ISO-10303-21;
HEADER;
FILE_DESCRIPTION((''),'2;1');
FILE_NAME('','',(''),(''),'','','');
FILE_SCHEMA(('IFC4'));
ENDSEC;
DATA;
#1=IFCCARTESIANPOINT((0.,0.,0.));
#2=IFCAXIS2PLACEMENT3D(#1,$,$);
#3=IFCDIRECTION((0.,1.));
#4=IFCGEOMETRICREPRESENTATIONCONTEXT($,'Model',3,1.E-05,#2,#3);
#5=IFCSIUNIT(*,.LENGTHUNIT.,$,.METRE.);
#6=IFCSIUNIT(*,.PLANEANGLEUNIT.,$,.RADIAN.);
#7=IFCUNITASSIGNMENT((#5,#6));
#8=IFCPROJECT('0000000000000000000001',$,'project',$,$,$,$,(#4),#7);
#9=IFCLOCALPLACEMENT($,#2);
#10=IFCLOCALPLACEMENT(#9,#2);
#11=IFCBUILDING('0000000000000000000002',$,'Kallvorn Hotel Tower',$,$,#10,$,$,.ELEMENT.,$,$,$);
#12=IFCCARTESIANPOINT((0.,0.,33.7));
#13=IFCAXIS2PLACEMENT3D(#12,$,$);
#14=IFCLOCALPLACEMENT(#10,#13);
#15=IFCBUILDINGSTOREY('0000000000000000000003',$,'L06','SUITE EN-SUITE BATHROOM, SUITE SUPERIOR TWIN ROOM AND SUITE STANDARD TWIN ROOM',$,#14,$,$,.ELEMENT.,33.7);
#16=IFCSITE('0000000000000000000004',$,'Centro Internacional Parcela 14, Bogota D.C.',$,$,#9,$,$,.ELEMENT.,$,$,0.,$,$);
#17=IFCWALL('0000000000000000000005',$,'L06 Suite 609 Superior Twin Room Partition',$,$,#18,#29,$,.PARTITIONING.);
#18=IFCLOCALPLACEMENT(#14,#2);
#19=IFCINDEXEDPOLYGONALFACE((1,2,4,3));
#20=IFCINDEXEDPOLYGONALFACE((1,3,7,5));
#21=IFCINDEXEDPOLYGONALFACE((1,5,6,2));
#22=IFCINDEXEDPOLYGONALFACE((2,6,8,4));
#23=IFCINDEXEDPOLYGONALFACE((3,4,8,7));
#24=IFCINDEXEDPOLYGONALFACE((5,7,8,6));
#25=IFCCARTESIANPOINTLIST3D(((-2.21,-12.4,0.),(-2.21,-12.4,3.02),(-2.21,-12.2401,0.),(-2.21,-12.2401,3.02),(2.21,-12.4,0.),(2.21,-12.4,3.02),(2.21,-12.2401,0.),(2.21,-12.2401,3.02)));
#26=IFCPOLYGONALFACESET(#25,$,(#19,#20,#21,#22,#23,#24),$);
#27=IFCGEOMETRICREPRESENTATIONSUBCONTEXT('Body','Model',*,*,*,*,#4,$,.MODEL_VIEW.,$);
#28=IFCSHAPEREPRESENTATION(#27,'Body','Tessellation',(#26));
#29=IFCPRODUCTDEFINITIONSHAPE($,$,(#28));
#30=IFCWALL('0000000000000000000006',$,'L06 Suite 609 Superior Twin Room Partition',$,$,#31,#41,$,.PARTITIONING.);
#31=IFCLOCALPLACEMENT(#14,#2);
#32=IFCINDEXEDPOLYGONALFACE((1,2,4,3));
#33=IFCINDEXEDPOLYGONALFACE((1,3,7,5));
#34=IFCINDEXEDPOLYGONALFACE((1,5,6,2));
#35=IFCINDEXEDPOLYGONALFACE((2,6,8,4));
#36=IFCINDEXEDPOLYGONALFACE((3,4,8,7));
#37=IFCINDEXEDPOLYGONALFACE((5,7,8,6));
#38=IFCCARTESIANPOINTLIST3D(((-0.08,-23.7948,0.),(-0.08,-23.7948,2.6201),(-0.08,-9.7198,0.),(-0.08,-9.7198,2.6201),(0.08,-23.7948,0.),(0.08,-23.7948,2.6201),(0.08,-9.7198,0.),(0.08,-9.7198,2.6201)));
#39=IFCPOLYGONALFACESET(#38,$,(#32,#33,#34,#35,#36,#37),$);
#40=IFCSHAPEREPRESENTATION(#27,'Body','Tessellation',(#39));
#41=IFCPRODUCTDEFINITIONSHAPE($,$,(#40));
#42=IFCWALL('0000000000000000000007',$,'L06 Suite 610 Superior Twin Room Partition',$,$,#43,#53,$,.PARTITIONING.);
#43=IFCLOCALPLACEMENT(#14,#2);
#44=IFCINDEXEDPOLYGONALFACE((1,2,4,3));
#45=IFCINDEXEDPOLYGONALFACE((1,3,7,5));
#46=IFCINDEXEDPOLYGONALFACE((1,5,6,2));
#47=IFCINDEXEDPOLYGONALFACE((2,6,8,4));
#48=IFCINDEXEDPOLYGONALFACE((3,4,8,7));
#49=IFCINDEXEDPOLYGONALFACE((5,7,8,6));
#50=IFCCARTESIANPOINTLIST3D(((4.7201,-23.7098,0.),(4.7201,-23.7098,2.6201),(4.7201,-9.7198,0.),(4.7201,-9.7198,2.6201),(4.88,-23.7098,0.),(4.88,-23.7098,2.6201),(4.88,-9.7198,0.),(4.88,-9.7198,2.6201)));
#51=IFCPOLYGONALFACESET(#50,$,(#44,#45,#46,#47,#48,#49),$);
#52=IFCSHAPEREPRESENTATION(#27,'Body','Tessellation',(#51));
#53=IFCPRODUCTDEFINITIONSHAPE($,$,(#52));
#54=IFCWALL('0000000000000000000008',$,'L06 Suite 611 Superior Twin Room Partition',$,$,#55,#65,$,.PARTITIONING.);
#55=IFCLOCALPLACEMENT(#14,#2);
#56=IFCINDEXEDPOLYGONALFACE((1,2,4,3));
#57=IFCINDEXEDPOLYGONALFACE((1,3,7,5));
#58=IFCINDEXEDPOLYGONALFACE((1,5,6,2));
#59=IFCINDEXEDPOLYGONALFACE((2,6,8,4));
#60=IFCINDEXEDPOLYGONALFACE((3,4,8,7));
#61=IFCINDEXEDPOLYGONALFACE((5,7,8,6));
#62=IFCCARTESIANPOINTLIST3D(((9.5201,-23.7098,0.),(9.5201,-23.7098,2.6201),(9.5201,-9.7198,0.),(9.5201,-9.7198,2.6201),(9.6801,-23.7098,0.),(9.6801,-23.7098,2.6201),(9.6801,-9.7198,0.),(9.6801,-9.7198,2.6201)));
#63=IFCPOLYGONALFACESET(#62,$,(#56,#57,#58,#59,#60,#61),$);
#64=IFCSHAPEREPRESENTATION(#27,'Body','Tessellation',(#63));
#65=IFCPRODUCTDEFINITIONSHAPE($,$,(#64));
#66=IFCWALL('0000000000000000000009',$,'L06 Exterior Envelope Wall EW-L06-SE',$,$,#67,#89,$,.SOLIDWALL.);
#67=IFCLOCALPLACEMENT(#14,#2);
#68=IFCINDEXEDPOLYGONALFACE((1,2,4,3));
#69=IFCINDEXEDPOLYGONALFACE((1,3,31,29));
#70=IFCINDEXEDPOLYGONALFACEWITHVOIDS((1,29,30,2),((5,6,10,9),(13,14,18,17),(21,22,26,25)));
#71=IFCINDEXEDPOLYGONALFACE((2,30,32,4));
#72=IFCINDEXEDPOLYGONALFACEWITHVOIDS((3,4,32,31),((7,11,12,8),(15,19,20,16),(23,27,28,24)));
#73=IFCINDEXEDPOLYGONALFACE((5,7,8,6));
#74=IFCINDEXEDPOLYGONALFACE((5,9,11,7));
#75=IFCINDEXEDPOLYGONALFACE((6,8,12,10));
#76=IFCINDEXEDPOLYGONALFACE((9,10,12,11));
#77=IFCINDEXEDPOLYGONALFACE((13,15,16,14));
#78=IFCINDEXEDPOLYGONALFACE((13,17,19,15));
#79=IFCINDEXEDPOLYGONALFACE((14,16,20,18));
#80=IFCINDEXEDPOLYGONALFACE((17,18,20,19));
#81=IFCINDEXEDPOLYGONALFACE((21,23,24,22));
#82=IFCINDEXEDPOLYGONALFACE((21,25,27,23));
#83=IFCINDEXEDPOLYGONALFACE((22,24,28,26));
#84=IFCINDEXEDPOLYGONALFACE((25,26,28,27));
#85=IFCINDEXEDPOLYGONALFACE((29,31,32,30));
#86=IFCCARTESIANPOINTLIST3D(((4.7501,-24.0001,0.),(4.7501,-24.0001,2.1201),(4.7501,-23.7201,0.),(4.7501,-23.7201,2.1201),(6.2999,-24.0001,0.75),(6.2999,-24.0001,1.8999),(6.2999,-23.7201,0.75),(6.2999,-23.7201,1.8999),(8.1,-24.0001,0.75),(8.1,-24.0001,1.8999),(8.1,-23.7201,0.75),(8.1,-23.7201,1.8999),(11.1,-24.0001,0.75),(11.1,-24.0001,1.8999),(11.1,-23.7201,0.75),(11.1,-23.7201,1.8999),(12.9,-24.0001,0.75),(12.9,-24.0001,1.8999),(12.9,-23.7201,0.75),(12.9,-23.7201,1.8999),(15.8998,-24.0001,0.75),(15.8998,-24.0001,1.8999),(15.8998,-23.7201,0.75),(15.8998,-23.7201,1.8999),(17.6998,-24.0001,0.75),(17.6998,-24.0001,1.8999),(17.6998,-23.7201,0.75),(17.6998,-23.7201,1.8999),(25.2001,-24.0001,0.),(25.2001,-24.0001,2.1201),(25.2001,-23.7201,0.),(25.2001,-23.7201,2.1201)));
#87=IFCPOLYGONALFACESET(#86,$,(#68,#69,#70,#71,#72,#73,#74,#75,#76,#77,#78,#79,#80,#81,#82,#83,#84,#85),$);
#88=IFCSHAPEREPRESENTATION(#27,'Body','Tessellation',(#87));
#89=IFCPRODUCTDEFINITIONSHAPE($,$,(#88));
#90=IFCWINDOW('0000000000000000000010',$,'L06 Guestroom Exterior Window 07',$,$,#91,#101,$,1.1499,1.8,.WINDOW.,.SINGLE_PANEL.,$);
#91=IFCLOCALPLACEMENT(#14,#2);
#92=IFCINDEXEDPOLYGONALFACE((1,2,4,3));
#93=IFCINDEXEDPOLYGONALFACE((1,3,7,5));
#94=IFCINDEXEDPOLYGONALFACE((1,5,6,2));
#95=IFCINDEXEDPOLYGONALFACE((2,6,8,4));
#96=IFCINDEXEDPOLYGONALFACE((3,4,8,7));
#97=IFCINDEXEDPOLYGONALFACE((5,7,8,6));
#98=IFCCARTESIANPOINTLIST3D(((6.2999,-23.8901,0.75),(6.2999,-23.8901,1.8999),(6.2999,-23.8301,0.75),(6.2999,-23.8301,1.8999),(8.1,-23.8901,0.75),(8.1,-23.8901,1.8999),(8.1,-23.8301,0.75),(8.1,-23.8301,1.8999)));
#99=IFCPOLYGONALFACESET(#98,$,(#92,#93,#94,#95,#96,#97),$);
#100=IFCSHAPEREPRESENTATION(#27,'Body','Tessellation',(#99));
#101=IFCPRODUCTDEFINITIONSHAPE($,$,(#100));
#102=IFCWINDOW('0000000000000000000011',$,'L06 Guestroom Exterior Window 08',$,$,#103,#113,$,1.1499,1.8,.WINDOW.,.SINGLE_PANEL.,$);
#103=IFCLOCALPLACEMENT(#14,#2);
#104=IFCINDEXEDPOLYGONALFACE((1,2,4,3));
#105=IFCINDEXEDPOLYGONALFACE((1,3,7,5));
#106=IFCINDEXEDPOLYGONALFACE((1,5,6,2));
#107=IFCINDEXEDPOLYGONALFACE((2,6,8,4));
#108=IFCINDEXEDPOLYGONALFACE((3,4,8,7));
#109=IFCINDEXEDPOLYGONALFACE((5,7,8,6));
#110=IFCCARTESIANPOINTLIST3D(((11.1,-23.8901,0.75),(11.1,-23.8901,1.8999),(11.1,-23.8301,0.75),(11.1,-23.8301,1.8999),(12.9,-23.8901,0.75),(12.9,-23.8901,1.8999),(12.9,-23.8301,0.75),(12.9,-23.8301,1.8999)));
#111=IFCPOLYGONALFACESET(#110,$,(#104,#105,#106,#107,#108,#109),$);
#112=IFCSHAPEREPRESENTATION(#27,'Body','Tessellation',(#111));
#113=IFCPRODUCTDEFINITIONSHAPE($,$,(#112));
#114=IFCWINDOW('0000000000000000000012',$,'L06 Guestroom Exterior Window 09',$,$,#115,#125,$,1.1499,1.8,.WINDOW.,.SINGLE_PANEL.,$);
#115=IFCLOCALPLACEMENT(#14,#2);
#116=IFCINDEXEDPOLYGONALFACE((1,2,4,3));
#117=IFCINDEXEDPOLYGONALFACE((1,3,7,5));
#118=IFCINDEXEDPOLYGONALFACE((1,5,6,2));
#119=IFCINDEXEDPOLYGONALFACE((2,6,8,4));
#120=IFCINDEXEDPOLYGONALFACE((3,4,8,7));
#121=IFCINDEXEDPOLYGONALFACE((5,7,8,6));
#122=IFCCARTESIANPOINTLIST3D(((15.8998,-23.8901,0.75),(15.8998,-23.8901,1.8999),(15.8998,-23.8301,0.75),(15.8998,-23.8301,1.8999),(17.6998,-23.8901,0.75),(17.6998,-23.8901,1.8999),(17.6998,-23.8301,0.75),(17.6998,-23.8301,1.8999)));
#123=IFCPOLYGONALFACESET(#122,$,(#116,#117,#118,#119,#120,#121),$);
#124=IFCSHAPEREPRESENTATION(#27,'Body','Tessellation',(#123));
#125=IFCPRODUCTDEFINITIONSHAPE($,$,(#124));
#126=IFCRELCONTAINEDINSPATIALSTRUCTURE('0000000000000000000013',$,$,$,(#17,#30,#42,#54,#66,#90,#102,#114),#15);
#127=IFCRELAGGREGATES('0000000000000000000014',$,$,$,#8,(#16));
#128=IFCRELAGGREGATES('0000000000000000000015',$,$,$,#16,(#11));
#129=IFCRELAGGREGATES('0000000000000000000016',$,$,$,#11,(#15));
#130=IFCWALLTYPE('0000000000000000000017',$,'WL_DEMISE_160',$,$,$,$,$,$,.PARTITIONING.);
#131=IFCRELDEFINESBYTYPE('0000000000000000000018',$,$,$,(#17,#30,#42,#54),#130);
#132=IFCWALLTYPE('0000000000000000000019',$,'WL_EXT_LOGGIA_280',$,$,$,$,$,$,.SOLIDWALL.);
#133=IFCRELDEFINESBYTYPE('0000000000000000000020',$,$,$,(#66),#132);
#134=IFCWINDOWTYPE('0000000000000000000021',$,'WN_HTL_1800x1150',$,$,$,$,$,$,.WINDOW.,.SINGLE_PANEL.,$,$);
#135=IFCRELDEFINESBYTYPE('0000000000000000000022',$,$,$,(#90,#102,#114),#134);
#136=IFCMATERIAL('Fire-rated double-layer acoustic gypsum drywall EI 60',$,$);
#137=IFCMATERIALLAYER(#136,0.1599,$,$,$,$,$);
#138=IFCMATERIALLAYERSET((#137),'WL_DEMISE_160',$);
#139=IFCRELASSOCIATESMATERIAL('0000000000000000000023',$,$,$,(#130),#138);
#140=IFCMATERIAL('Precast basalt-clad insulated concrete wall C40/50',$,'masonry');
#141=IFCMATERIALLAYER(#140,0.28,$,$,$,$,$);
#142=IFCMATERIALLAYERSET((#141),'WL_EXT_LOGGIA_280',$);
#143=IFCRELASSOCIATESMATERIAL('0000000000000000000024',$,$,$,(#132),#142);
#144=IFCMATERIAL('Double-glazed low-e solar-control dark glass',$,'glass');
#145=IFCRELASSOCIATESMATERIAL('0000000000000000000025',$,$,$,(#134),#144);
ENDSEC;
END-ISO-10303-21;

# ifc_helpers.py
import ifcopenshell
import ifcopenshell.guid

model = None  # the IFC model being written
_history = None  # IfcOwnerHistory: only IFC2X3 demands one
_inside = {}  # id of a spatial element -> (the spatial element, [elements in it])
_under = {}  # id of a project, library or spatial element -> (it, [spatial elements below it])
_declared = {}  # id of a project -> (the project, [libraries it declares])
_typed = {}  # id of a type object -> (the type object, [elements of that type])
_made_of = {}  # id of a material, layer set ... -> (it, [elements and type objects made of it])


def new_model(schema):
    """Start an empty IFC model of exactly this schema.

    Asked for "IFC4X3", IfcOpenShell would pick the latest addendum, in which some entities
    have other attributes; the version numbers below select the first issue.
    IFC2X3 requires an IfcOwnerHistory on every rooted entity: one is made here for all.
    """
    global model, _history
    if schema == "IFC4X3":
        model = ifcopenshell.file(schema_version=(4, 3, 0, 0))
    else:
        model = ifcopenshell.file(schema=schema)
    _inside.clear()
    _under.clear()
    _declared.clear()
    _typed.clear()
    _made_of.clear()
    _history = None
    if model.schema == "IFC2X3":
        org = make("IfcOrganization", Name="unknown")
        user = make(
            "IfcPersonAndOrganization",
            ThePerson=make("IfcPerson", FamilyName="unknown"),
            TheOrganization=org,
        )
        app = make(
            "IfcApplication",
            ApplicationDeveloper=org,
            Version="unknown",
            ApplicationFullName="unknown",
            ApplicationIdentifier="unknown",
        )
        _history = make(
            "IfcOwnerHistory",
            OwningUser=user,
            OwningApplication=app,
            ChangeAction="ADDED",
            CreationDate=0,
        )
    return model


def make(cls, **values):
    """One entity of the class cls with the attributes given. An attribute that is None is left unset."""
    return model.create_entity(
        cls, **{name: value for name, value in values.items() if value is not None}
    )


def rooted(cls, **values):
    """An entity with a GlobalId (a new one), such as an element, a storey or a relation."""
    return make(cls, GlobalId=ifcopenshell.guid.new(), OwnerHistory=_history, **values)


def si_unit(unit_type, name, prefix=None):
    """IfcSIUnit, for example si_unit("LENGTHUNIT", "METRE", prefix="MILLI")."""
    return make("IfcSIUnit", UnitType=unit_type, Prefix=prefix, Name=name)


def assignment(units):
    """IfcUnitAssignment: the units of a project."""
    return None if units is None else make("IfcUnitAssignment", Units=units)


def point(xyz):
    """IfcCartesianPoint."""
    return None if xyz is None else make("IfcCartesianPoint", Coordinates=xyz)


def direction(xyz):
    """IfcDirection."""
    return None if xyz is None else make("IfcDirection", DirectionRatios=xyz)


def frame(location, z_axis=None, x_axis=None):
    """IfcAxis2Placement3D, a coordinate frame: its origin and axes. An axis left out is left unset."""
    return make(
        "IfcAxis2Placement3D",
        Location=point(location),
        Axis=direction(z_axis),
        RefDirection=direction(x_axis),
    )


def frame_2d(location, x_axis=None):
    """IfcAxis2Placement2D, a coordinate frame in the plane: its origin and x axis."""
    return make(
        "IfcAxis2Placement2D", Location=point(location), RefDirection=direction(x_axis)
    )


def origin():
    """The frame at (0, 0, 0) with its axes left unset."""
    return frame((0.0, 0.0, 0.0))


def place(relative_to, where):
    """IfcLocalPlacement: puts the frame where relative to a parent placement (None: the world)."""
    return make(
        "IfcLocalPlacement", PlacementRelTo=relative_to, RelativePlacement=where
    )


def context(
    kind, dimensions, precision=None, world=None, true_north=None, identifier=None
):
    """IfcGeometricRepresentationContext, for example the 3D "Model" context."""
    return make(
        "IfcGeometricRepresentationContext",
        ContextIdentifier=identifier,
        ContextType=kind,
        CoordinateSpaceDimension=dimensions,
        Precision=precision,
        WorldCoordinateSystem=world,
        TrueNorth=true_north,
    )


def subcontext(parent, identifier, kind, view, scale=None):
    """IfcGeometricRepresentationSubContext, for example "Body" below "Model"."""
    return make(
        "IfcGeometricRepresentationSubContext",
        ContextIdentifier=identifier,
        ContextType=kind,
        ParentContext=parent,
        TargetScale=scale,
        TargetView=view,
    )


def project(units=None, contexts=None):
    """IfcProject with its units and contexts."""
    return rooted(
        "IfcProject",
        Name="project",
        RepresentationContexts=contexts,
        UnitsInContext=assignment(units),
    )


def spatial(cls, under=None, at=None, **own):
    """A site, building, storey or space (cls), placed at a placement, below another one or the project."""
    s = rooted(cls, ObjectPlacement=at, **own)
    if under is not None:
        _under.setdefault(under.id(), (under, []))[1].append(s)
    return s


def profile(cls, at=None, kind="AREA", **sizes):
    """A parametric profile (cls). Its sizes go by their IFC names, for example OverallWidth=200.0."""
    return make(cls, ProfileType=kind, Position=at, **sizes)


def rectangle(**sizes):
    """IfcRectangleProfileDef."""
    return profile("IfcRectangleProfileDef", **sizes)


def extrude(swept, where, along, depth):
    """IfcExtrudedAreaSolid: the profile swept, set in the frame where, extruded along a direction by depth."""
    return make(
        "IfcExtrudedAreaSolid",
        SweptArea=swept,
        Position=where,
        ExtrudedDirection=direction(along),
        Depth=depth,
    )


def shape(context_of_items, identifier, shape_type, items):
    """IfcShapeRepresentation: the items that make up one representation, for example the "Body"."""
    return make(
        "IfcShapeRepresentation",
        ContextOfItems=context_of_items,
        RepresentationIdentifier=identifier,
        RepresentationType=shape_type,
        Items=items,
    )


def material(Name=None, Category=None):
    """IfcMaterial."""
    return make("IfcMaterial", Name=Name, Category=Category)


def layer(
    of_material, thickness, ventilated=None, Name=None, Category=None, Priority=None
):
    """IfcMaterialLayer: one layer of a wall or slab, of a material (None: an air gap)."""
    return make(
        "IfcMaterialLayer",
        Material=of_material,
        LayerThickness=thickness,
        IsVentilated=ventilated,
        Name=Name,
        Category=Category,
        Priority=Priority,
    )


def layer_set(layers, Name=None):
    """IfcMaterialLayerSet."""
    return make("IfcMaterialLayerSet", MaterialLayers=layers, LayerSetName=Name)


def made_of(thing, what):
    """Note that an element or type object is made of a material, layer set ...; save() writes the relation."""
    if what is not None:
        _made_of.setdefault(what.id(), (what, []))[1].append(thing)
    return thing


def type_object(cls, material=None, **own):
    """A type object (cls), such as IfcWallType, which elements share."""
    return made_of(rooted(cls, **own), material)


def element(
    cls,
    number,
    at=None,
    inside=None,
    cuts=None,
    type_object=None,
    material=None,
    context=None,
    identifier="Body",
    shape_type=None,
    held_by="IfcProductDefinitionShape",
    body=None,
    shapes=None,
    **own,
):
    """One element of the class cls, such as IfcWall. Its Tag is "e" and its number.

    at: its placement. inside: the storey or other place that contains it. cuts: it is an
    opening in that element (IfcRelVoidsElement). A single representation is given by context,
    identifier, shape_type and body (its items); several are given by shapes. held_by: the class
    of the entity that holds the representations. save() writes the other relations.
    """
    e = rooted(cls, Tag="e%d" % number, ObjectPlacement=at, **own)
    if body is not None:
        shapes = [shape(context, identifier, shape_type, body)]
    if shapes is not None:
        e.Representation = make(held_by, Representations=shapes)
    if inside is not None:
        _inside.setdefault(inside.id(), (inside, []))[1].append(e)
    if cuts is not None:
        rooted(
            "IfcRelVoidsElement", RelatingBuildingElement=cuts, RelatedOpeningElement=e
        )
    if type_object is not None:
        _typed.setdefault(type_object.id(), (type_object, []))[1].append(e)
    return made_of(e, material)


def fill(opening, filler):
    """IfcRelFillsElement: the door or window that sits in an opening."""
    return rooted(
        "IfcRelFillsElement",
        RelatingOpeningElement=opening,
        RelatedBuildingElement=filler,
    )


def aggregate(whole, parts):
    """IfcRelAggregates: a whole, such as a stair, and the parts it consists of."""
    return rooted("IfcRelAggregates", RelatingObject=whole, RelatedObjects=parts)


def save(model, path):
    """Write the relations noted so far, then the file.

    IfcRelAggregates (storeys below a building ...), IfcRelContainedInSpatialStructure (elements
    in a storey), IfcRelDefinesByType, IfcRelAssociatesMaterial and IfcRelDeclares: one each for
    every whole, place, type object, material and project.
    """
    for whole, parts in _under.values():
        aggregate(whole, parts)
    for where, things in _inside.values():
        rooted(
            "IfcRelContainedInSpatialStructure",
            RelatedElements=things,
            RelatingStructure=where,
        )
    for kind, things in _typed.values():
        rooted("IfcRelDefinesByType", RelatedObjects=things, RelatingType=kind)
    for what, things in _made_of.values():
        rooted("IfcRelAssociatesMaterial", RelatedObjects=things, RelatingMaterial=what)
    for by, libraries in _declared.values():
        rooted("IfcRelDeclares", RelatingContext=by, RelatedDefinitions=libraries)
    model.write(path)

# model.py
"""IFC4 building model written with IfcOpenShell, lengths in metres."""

from ifc_helpers import new_model, si_unit, direction, frame, frame_2d, origin, place, context, subcontext, project, spatial, rectangle, extrude, material, layer, layer_set, type_object, element, fill, save


model = new_model("IFC4")

# Units and contexts
model_context = context("Model", 3, precision=1e-05, world=origin(), true_north=direction((0.0, 1.0)))
body_context = subcontext(model_context, "Body", "Model", "MODEL_VIEW")
ifc_project = project(units=[si_unit("LENGTHUNIT", "METRE"), si_unit("PLANEANGLEUNIT", "RADIAN")], contexts=[model_context])

# Site, building, storey
site_placement = place(None, origin())
site = spatial("IfcSite", under=ifc_project, at=site_placement, Name="Centro Internacional Parcela 14, Bogota D.C.", CompositionType="ELEMENT", RefElevation=0.0)
building_placement = place(site_placement, origin())
building = spatial("IfcBuilding", under=site, at=building_placement, Name="Kallvorn Hotel Tower", CompositionType="ELEMENT")
storey_placement = place(building_placement, frame((0.0, 0.0, 33.7)))
storey = spatial("IfcBuildingStorey", under=building, at=storey_placement, Name="L06", Description="SUITE EN-SUITE BATHROOM, SUITE SUPERIOR TWIN ROOM AND SUITE STANDARD TWIN ROOM", CompositionType="ELEMENT", Elevation=33.7)

# Walls
ifc_material_1 = material(Name="Fire-rated double-layer acoustic gypsum drywall EI 60")
ifc_layer_1 = layer(ifc_material_1, 0.1599)
ifc_layer_set_1 = layer_set([ifc_layer_1], Name="WL_DEMISE_160")
wall_type_1 = type_object("IfcWallType", Name="WL_DEMISE_160", PredefinedType="PARTITIONING", material=ifc_layer_set_1)
wall_1_placement = place(storey_placement, frame((-2.21, -12.3201, 0.0), z_axis=(0.0, 0.0, 1.0), x_axis=(1.0, 0.0, 0.0)))
element("IfcWall", 1, at=wall_1_placement, inside=storey, type_object=wall_type_1, Name="L06 Suite 609 Superior Twin Room Partition", PredefinedType="PARTITIONING", context=body_context, shape_type="SweptSolid", body=[
    extrude(rectangle(XDim=4.4199, YDim=0.1599, at=frame_2d((2.21, 0.0))), origin(), (0.0, 0.0, 1.0), 3.02),
])
wall_2_placement = place(storey_placement, frame((0.0, -23.7949, 0.0), z_axis=(0.0, 0.0, 1.0), x_axis=(0.0, 1.0, 0.0)))
element("IfcWall", 2, at=wall_2_placement, inside=storey, type_object=wall_type_1, Name="L06 Suite 609 Superior Twin Room Partition", PredefinedType="PARTITIONING", context=body_context, shape_type="SweptSolid", body=[
    extrude(rectangle(XDim=14.075, YDim=0.1599, at=frame_2d((7.0376, 0.0))), origin(), (0.0, 0.0, 1.0), 2.6201),
])
for number, where, z_axis, x_axis, name in (
    (3, (4.8, -23.71, 0.0), (0.0, 0.0, 1.0), (0.0, 1.0, 0.0), "L06 Suite 610 Superior Twin Room Partition"),
    (4, (9.6001, -23.71, 0.0), (0.0, 0.0, 1.0), (0.0, 1.0, 0.0), "L06 Suite 611 Superior Twin Room Partition"),
):
    element("IfcWall", number, at=place(storey_placement, frame(where, z_axis=z_axis, x_axis=x_axis)), inside=storey, type_object=wall_type_1, Name=name, PredefinedType="PARTITIONING", context=body_context, shape_type="SweptSolid", body=[
        extrude(rectangle(XDim=13.99, YDim=0.1599, at=frame_2d((6.9951, 0.0))), origin(), (0.0, 0.0, 1.0), 2.6201),
    ])

# Wall, openings, windows
ifc_material_2 = material(Name="Precast basalt-clad insulated concrete wall C40/50", Category="masonry")
ifc_layer_2 = layer(ifc_material_2, 0.28)
ifc_layer_set_2 = layer_set([ifc_layer_2], Name="WL_EXT_LOGGIA_280")
wall_type_2 = type_object("IfcWallType", Name="WL_EXT_LOGGIA_280", PredefinedType="SOLIDWALL", material=ifc_layer_set_2)
wall_3_placement = place(storey_placement, frame((4.75, -23.8601, 0.0), z_axis=(0.0, 0.0, 1.0), x_axis=(1.0, 0.0, 0.0)))
wall_3 = element("IfcWall", 5, at=wall_3_placement, inside=storey, type_object=wall_type_2, Name="L06 Exterior Envelope Wall EW-L06-SE", PredefinedType="SOLIDWALL", context=body_context, shape_type="SweptSolid", body=[
    extrude(rectangle(XDim=20.45, YDim=0.28, at=frame_2d((10.2251, 0.0))), origin(), (0.0, 0.0, 1.0), 2.1201),
])
opening_1_placement = place(wall_3_placement, frame((1.55, 0.0, 0.75)))
opening_1 = element("IfcOpeningElement", 6, at=opening_1_placement, cuts=wall_3, PredefinedType="OPENING", context=body_context, shape_type="SweptSolid", body=[
    extrude(rectangle(XDim=1.8, YDim=1.1499, at=frame_2d((0.8999, 0.575))), frame((0.0, 0.155, 0.0), z_axis=(0.0, -1.0, 0.0), x_axis=(1.0, 0.0, 0.0)), (0.0, 0.0, 1.0), 0.3101),
])
opening_2_placement = place(wall_3_placement, frame((6.3501, 0.0, 0.75)))
opening_2 = element("IfcOpeningElement", 7, at=opening_2_placement, cuts=wall_3, PredefinedType="OPENING", context=body_context, shape_type="SweptSolid", body=[
    extrude(rectangle(XDim=1.8, YDim=1.1499, at=frame_2d((0.8999, 0.575))), frame((0.0, 0.155, 0.0), z_axis=(0.0, -1.0, 0.0), x_axis=(1.0, 0.0, 0.0)), (0.0, 0.0, 1.0), 0.3101),
])
opening_3_placement = place(wall_3_placement, frame((11.1499, 0.0, 0.75)))
opening_3 = element("IfcOpeningElement", 8, at=opening_3_placement, cuts=wall_3, PredefinedType="OPENING", context=body_context, shape_type="SweptSolid", body=[
    extrude(rectangle(XDim=1.8, YDim=1.1499, at=frame_2d((0.8999, 0.575))), frame((0.0, 0.155, 0.0), z_axis=(0.0, -1.0, 0.0), x_axis=(1.0, 0.0, 0.0)), (0.0, 0.0, 1.0), 0.3101),
])
ifc_material_3 = material(Name="Double-glazed low-e solar-control dark glass", Category="glass")
window_type = type_object("IfcWindowType", Name="WN_HTL_1800x1150", PartitioningType="SINGLE_PANEL", PredefinedType="WINDOW", material=ifc_material_3)
window_1_placement = place(opening_1_placement, origin())
window_1 = element("IfcWindow", 9, at=window_1_placement, inside=storey, type_object=window_type, Name="L06 Guestroom Exterior Window 07", OverallHeight=1.1499, OverallWidth=1.8, PartitioningType="SINGLE_PANEL", PredefinedType="WINDOW", context=body_context, shape_type="SweptSolid", body=[
    extrude(rectangle(XDim=1.8, YDim=1.1499, at=frame_2d((0.8999, 0.575))), frame((0.0, 0.03, 0.0), z_axis=(0.0, -1.0, 0.0), x_axis=(1.0, 0.0, 0.0)), (0.0, 0.0, 1.0), 0.0601),
])
fill(opening_1, window_1)
window_2_placement = place(opening_2_placement, origin())
window_2 = element("IfcWindow", 10, at=window_2_placement, inside=storey, type_object=window_type, Name="L06 Guestroom Exterior Window 08", OverallHeight=1.1499, OverallWidth=1.8, PartitioningType="SINGLE_PANEL", PredefinedType="WINDOW", context=body_context, shape_type="SweptSolid", body=[
    extrude(rectangle(XDim=1.8, YDim=1.1499, at=frame_2d((0.8999, 0.575))), frame((0.0, 0.03, 0.0), z_axis=(0.0, -1.0, 0.0), x_axis=(1.0, 0.0, 0.0)), (0.0, 0.0, 1.0), 0.0601),
])
fill(opening_2, window_2)
window_3_placement = place(opening_3_placement, origin())
window_3 = element("IfcWindow", 11, at=window_3_placement, inside=storey, type_object=window_type, Name="L06 Guestroom Exterior Window 09", OverallHeight=1.1499, OverallWidth=1.8, PartitioningType="SINGLE_PANEL", PredefinedType="WINDOW", context=body_context, shape_type="SweptSolid", body=[
    extrude(rectangle(XDim=1.8, YDim=1.1499, at=frame_2d((0.8999, 0.575))), frame((0.0, 0.03, 0.0), z_axis=(0.0, -1.0, 0.0), x_axis=(1.0, 0.0, 0.0)), (0.0, 0.0, 1.0), 0.0601),
])
fill(opening_3, window_3)

save(model, "model.ifc")
